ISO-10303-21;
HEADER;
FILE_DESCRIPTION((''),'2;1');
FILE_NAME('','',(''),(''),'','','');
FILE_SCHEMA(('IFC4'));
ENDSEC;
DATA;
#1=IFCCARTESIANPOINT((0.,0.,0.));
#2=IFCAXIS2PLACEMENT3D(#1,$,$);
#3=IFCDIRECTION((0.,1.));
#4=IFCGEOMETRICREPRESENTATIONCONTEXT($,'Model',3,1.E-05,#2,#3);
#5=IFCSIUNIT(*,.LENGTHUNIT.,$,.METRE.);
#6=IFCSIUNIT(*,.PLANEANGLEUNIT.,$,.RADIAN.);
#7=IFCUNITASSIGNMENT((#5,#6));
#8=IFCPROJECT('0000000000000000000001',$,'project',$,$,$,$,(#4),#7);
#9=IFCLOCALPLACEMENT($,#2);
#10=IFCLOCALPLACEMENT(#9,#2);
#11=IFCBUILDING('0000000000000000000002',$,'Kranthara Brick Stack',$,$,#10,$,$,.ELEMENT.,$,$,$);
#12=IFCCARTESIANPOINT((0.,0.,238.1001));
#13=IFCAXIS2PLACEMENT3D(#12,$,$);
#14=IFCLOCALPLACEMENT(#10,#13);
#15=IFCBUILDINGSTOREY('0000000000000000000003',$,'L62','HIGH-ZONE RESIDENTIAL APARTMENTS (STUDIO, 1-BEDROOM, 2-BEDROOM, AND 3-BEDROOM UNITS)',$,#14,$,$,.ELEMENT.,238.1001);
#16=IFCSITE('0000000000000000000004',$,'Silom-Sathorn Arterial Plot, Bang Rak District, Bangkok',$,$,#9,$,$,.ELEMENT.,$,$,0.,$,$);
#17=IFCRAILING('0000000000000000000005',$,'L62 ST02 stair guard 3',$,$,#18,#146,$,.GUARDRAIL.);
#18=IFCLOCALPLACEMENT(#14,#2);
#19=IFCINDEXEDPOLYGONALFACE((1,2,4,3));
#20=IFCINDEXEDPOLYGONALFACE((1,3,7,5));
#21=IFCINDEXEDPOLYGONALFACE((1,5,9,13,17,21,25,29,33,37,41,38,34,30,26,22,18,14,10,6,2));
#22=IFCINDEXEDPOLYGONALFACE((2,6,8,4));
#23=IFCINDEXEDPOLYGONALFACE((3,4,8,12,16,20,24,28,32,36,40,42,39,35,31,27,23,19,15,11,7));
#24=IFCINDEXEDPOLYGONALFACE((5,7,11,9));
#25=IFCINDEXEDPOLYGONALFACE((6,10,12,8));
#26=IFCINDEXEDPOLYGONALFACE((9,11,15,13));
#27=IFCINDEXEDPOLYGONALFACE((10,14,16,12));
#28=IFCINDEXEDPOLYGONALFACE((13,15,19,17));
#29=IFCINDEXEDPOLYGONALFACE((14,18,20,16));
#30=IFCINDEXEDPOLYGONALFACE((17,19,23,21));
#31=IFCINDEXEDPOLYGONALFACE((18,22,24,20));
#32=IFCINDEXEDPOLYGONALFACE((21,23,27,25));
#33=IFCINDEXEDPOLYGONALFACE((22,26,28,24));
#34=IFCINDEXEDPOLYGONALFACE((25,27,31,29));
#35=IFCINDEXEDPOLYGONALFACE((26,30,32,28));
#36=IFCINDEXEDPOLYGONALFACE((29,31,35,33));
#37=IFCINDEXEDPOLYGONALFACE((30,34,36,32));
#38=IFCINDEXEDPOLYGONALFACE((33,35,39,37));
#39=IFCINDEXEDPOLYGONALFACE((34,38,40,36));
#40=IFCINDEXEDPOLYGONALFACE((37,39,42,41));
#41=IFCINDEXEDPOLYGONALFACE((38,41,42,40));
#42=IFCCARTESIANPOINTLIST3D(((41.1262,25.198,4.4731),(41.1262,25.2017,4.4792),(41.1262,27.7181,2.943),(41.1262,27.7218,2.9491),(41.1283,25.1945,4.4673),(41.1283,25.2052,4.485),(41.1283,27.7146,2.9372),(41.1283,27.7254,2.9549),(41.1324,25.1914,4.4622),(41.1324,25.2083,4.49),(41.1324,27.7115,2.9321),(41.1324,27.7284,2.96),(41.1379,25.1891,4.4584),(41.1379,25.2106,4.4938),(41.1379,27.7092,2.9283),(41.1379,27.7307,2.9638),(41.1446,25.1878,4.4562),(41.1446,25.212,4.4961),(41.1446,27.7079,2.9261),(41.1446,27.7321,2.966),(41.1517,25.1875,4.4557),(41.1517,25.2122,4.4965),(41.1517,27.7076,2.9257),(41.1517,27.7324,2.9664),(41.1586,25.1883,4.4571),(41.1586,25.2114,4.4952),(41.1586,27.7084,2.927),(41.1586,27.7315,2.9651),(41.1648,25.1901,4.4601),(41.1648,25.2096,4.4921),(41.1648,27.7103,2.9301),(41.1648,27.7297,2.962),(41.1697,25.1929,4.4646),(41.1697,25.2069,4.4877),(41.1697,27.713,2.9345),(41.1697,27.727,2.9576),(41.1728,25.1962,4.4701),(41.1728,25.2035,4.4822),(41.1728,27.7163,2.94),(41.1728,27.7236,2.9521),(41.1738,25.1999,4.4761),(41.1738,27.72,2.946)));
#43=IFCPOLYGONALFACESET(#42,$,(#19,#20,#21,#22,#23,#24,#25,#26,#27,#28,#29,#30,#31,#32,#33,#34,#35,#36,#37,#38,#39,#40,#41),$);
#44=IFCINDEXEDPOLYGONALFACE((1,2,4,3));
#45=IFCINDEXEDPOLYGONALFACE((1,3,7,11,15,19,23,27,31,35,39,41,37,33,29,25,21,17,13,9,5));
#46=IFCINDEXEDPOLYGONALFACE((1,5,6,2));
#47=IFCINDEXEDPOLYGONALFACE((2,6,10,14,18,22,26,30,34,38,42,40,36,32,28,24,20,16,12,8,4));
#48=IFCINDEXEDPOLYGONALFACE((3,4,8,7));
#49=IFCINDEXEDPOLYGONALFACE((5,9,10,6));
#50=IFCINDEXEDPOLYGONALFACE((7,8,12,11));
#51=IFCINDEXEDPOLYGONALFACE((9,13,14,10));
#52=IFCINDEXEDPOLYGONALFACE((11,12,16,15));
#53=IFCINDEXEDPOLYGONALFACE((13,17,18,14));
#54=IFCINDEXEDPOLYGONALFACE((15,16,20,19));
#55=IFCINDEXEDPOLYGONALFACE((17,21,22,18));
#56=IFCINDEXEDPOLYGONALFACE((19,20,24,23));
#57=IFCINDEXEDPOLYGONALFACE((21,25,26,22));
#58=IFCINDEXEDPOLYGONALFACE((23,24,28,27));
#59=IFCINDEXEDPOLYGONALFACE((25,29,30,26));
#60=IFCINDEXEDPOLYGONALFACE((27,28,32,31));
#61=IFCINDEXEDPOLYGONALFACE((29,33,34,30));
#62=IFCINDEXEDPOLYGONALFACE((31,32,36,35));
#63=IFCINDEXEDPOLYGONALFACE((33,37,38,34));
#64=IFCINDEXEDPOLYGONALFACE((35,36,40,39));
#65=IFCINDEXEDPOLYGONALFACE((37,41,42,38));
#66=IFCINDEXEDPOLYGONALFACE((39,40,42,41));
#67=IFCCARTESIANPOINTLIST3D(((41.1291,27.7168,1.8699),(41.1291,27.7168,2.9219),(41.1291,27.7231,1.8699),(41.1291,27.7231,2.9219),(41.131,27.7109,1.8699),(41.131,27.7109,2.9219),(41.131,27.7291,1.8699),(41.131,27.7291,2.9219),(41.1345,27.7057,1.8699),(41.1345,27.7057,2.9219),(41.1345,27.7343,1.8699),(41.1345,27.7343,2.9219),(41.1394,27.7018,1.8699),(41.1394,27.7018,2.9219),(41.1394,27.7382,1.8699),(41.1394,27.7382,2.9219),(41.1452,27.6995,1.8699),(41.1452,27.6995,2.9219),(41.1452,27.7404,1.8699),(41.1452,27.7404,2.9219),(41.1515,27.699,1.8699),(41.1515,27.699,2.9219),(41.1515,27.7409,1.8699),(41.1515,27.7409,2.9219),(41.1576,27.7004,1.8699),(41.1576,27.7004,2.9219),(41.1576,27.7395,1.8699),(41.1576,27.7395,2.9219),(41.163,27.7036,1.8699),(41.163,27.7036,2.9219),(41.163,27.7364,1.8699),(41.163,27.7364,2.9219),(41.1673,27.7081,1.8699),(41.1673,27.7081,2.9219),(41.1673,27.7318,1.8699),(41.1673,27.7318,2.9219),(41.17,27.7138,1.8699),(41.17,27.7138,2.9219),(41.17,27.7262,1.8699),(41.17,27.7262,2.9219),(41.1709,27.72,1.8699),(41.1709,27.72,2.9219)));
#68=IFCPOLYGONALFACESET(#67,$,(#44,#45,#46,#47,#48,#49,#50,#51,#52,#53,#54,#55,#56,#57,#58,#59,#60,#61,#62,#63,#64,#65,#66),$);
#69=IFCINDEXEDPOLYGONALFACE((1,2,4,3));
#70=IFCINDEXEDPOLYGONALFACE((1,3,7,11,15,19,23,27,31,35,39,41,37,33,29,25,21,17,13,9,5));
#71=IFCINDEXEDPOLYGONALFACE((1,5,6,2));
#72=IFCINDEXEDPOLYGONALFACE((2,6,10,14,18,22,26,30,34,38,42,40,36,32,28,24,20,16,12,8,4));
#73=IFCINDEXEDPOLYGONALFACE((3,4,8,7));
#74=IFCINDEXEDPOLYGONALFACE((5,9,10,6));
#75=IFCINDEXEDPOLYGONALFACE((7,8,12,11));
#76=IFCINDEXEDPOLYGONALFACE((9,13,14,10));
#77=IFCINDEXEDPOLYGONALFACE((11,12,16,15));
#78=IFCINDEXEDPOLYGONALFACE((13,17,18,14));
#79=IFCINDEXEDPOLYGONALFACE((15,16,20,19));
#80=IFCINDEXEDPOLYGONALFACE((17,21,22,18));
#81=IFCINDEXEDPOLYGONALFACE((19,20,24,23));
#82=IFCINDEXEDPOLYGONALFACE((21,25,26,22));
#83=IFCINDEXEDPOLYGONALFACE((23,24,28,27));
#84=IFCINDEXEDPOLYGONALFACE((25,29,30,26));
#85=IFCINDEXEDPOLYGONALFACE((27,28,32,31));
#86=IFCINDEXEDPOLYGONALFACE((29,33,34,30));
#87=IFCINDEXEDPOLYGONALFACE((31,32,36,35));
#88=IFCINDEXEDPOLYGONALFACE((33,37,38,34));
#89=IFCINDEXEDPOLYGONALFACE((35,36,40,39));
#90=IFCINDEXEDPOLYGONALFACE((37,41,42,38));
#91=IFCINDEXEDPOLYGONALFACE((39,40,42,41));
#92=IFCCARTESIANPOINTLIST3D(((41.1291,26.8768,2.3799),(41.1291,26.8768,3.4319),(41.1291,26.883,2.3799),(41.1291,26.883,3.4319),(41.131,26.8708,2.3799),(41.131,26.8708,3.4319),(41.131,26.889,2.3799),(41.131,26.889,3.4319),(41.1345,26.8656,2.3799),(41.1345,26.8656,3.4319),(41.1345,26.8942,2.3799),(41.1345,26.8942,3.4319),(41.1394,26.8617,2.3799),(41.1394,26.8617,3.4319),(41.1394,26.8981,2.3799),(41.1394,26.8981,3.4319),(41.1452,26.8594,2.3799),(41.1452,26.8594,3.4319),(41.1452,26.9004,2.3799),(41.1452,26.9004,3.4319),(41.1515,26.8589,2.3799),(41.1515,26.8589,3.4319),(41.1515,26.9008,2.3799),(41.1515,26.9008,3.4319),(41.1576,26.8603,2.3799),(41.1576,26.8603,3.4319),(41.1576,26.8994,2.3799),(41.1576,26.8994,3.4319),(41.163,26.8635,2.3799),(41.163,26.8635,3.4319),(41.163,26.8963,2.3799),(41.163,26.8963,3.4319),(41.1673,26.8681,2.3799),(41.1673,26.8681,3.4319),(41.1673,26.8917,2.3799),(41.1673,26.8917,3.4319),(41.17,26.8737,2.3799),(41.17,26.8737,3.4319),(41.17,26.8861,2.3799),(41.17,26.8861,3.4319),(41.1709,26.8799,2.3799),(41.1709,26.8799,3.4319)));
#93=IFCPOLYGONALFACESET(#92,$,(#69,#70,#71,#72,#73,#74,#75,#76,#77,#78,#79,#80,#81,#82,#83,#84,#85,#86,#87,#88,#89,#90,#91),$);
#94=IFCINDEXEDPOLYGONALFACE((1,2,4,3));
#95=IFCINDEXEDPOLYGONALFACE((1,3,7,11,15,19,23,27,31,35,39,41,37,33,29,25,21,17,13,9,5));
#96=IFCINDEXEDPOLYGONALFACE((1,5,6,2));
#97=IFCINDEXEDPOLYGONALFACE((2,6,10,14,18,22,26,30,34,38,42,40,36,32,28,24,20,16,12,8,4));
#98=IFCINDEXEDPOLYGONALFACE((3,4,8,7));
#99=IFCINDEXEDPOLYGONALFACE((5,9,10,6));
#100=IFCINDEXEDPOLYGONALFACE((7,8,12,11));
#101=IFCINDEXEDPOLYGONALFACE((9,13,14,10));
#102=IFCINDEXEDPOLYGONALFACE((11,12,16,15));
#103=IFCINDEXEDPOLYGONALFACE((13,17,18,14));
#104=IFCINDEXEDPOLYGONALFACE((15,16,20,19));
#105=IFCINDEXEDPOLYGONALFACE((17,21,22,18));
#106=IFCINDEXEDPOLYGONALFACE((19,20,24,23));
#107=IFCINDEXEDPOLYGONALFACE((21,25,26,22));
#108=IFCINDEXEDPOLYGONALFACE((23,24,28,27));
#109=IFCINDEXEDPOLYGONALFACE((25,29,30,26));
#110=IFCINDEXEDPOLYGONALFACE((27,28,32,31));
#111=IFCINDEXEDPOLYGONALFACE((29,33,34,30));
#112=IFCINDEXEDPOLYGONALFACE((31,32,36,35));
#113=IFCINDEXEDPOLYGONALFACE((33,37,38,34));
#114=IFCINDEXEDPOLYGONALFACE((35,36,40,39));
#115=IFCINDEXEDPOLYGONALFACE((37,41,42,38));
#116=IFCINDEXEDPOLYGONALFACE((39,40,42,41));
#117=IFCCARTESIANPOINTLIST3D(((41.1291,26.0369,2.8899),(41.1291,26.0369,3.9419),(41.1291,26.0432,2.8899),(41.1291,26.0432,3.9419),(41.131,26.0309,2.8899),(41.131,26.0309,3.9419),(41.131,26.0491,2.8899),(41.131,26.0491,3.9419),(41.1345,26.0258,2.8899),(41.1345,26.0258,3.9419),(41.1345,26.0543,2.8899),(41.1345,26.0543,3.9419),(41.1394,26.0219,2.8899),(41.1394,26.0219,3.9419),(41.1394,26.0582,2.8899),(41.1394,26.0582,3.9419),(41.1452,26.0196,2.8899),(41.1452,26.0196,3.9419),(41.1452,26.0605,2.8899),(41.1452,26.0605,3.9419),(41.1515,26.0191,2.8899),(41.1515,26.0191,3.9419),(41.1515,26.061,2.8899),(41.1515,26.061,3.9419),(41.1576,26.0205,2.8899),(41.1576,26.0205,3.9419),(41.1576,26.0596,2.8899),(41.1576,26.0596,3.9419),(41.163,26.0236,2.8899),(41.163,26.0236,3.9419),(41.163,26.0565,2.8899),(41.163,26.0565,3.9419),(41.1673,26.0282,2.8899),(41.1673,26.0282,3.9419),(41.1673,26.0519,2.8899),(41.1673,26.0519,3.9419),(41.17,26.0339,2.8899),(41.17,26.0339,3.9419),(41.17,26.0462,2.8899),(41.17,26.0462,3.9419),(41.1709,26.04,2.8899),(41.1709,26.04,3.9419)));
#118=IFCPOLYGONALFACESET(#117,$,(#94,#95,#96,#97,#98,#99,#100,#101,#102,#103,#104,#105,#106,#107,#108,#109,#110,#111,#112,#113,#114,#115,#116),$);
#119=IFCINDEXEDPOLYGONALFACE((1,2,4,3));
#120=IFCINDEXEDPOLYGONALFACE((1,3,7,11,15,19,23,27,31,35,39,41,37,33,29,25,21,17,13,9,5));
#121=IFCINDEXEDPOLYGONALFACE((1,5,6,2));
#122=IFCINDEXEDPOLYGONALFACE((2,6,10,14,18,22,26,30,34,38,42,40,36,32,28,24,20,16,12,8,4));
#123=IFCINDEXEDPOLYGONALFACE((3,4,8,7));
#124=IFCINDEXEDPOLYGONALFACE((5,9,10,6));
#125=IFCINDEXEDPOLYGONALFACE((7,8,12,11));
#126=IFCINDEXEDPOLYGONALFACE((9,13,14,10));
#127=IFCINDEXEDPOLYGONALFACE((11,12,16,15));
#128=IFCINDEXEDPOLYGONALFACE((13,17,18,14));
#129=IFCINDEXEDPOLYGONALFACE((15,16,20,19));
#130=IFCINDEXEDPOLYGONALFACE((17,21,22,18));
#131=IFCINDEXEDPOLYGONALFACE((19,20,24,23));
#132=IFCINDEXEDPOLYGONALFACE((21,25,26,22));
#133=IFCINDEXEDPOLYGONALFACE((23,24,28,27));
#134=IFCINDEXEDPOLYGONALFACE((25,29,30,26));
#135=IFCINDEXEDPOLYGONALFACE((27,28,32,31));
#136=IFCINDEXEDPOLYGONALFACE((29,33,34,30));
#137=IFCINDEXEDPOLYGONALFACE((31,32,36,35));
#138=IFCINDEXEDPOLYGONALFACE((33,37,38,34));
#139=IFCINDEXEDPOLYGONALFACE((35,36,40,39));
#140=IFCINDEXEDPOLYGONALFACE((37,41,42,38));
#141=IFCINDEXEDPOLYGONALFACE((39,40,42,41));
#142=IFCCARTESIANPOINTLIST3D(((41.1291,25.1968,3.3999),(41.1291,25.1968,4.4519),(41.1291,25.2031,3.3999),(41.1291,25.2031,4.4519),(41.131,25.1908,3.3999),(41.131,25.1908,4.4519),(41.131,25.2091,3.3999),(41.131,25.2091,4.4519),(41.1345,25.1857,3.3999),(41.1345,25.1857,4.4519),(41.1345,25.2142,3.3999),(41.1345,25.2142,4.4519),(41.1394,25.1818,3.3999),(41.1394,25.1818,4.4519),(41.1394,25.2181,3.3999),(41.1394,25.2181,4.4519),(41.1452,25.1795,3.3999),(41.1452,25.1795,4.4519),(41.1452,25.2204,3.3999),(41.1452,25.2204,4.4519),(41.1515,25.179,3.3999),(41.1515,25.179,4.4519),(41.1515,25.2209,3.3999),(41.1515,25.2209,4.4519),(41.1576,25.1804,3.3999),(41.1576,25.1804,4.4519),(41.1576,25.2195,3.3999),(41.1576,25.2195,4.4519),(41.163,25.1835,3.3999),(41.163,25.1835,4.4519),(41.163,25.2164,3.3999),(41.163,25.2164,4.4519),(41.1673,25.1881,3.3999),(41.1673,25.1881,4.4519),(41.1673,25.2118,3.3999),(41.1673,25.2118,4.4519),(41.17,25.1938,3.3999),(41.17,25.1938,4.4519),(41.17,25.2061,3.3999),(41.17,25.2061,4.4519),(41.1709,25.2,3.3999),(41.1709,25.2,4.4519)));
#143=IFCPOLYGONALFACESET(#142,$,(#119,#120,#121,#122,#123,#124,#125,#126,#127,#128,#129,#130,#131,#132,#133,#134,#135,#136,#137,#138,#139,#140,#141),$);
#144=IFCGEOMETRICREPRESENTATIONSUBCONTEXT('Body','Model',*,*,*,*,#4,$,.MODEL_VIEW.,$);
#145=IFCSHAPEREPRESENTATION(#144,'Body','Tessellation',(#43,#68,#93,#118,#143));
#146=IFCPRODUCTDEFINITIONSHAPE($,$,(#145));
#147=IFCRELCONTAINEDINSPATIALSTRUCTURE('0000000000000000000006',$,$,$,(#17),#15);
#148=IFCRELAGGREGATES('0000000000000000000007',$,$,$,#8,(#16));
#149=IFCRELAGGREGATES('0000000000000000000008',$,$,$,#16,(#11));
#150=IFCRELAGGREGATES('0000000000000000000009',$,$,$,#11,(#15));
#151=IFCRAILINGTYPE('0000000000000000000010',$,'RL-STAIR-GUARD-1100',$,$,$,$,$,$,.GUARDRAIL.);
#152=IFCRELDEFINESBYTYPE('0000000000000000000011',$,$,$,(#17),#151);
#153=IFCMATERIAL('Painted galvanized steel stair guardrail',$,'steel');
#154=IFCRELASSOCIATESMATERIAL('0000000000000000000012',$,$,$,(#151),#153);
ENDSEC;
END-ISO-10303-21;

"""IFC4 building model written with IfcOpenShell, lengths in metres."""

from ifc_helpers import new_model, si_unit, direction, frame, origin, origin_2d, place, context, subcontext, project, spatial, circle, extrude, material, type_object, element, save


model = new_model("IFC4")

# Units and contexts
model_context = context("Model", 3, precision=1e-05, world=origin(), true_north=direction((0.0, 1.0)))
body_context = subcontext(model_context, "Body", "Model", "MODEL_VIEW")
ifc_project = project(units=[si_unit("LENGTHUNIT", "METRE"), si_unit("PLANEANGLEUNIT", "RADIAN")], contexts=[model_context])

# Site, building, storey
site_placement = place(None, origin())
site = spatial("IfcSite", under=ifc_project, at=site_placement, Name="Silom-Sathorn Arterial Plot, Bang Rak District, Bangkok", CompositionType="ELEMENT", RefElevation=0.0)
building_placement = place(site_placement, origin())
building = spatial("IfcBuilding", under=site, at=building_placement, Name="Kranthara Brick Stack", CompositionType="ELEMENT")
storey_placement = place(building_placement, frame((0.0, 0.0, 238.1001)))
storey = spatial("IfcBuildingStorey", under=building, at=storey_placement, Name="L62", Description="HIGH-ZONE RESIDENTIAL APARTMENTS (STUDIO, 1-BEDROOM, 2-BEDROOM, AND 3-BEDROOM UNITS)", CompositionType="ELEMENT", Elevation=238.1001)

# Railing
ifc_material_1 = material(Name="Painted galvanized steel stair guardrail", Category="steel")
railing_type = type_object("IfcRailingType", Name="RL-STAIR-GUARD-1100", PredefinedType="GUARDRAIL", material=ifc_material_1)
railing_1_placement = place(storey_placement, frame((41.1499, 27.72, 1.8699)))
element("IfcRailing", 1, at=railing_1_placement, inside=storey, type_object=railing_type, Name="L62 ST02 stair guard 3", PredefinedType="GUARDRAIL", context=body_context, shape_type="SweptSolid", body=[
    extrude(circle(Radius=0.0239, at=origin_2d()), frame((0.0, 0.0, 1.0762), z_axis=(0.0, -0.854785, 0.518982), x_axis=(1.0, 0.0, 0.0)), (0.0, 0.0, 1.0), 2.9482),
    extrude(circle(Radius=0.021, at=origin_2d()), origin(), (0.0, 0.0, 1.0), 1.052),
    extrude(circle(Radius=0.021, at=origin_2d()), frame((0.0, -0.8401, 0.51)), (0.0, 0.0, 1.0), 1.052),
    extrude(circle(Radius=0.021, at=origin_2d()), frame((0.0, -1.6799, 1.02)), (0.0, 0.0, 1.0), 1.052),
    extrude(circle(Radius=0.021, at=origin_2d()), frame((0.0, -2.52, 1.53)), (0.0, 0.0, 1.0), 1.052),
])

save(model, "model.ifc")
